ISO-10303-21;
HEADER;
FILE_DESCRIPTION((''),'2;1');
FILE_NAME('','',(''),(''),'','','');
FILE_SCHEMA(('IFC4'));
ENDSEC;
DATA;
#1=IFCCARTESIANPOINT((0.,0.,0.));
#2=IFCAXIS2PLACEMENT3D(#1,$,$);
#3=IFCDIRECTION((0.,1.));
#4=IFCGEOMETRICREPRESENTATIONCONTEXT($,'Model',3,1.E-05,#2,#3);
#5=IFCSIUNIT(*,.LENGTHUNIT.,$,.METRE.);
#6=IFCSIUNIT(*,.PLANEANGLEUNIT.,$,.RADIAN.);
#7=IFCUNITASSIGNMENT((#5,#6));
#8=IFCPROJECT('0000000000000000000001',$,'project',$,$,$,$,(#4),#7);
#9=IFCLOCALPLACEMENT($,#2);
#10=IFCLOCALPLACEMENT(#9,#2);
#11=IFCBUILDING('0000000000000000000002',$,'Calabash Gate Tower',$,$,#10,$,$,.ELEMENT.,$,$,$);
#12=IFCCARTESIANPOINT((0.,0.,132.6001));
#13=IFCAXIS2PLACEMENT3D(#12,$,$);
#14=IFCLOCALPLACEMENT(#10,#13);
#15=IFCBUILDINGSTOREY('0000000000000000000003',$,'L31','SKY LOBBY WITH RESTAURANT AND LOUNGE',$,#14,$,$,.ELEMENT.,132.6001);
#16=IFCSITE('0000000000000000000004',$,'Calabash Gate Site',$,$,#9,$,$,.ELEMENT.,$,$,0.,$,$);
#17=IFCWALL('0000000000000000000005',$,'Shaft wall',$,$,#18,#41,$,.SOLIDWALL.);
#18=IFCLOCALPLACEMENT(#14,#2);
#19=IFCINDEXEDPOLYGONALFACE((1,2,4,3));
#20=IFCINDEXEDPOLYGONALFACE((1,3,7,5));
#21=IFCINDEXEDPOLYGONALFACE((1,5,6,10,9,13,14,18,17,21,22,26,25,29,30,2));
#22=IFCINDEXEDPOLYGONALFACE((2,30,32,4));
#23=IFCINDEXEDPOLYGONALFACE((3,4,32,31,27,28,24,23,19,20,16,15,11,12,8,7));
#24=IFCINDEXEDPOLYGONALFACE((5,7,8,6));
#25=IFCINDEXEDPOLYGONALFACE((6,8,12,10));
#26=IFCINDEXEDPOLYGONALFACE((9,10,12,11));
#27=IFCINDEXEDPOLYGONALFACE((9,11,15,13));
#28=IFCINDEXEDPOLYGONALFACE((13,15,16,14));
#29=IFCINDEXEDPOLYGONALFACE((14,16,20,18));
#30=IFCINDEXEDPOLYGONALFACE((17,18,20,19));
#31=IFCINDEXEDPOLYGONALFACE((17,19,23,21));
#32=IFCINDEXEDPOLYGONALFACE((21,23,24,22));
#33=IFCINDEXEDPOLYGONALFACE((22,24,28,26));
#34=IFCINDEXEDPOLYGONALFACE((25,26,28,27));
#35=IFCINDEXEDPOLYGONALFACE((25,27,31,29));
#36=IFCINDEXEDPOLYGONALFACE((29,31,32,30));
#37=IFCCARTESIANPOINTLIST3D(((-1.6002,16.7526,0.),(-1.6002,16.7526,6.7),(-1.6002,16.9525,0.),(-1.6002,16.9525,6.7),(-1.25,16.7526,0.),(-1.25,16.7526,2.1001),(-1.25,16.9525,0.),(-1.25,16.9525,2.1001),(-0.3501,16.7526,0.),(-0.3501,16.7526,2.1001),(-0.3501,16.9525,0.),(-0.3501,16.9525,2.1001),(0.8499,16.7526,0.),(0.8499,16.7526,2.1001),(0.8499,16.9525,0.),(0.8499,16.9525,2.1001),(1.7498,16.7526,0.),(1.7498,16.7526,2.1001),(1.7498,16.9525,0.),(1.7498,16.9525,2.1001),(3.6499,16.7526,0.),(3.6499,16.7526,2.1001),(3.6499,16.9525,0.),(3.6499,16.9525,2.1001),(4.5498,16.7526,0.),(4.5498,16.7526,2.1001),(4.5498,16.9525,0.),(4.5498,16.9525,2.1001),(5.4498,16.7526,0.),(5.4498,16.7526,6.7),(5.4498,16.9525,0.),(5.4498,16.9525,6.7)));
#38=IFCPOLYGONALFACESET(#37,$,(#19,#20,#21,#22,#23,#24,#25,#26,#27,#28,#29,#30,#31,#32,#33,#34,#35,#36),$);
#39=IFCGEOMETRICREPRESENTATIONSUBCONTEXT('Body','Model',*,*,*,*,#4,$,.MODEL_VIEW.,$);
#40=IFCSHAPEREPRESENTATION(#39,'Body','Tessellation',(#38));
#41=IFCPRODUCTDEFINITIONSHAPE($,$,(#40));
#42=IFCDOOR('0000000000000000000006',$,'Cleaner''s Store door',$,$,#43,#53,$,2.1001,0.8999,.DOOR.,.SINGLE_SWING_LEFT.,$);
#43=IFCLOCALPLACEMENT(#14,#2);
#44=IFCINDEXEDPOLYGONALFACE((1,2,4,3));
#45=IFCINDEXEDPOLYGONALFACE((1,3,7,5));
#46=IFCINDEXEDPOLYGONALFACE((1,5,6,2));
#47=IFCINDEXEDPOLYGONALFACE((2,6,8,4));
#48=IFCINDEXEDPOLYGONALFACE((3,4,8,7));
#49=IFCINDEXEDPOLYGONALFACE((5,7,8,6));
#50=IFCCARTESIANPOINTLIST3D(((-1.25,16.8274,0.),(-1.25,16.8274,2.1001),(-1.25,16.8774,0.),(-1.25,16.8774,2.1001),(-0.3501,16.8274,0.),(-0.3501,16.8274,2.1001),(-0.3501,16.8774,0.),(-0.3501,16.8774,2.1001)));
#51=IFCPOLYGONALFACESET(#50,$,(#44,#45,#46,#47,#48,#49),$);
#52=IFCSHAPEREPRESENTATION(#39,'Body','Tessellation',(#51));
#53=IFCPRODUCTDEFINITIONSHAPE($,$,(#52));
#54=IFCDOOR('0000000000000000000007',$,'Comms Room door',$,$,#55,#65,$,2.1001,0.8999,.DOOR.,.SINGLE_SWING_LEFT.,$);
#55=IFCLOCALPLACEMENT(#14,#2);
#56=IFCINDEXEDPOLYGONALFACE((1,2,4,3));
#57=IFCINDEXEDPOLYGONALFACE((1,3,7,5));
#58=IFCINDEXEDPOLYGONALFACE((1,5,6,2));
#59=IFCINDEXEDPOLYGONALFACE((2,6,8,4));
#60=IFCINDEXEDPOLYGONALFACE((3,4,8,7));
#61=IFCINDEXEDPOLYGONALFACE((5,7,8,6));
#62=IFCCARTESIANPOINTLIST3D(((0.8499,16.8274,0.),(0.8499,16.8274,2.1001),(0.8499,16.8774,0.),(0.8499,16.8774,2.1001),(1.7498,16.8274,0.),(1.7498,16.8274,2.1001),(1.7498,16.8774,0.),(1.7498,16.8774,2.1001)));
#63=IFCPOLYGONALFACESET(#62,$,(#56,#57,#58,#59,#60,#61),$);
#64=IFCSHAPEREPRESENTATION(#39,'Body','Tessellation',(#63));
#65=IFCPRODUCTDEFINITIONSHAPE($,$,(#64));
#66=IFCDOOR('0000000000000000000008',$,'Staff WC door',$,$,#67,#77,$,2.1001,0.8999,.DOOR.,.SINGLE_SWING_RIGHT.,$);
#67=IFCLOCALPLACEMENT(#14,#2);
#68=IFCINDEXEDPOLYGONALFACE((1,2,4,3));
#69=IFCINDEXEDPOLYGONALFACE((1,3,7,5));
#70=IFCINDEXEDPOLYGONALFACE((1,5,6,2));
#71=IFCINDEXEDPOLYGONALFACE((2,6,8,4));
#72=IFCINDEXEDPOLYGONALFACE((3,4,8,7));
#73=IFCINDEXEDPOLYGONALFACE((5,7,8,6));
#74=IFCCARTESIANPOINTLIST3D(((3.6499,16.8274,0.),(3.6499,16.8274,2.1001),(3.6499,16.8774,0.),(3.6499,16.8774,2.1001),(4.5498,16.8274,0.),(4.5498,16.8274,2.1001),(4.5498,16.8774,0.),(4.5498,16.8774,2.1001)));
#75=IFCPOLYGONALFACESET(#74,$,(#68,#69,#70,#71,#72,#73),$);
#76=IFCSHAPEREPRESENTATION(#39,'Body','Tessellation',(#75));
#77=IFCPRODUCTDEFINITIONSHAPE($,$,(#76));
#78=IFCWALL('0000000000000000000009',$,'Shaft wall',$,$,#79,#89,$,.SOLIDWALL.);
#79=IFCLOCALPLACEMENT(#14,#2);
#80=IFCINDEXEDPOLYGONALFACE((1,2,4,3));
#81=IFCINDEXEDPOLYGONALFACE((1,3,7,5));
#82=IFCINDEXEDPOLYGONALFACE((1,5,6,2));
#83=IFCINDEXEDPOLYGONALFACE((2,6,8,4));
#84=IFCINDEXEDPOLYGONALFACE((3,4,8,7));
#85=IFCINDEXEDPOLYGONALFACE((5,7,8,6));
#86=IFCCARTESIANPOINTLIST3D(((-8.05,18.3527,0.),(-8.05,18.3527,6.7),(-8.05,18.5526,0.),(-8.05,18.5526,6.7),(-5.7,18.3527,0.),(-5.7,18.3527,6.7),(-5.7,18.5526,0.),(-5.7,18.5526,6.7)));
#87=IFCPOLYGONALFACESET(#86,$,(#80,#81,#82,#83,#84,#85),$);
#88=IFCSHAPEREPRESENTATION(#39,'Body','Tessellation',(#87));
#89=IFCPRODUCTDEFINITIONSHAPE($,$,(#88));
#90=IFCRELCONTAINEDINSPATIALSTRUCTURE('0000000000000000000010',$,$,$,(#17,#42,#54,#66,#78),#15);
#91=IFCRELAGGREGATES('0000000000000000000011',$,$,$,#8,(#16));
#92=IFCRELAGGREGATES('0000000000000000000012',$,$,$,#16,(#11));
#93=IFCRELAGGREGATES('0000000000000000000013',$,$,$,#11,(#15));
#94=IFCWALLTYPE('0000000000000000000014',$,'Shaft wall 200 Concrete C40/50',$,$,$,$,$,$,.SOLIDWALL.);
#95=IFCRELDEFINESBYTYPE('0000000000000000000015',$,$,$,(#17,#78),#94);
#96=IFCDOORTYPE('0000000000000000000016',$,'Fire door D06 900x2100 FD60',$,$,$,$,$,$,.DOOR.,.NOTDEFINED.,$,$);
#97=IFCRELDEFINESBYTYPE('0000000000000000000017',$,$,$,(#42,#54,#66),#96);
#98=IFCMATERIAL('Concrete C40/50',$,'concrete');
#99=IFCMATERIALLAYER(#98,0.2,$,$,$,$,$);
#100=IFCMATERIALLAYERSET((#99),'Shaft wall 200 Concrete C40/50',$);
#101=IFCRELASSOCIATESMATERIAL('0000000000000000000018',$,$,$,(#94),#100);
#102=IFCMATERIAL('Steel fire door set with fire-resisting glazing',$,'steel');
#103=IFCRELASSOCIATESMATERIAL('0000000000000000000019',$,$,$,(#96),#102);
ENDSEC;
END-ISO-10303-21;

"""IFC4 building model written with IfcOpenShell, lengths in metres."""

from ifc_helpers import new_model, si_unit, direction, frame, frame_2d, origin, place, context, subcontext, project, spatial, rectangle, extrude, material, layer, layer_set, type_object, element, fill, save


model = new_model("IFC4")

# Units and contexts
model_context = context("Model", 3, precision=1e-05, world=origin(), true_north=direction((0.0, 1.0)))
body_context = subcontext(model_context, "Body", "Model", "MODEL_VIEW")
ifc_project = project(units=[si_unit("LENGTHUNIT", "METRE"), si_unit("PLANEANGLEUNIT", "RADIAN")], contexts=[model_context])

# Site, building, storey
site_placement = place(None, origin())
site = spatial("IfcSite", under=ifc_project, at=site_placement, Name="Calabash Gate Site", CompositionType="ELEMENT", RefElevation=0.0)
building_placement = place(site_placement, origin())
building = spatial("IfcBuilding", under=site, at=building_placement, Name="Calabash Gate Tower", CompositionType="ELEMENT")
storey_placement = place(building_placement, frame((0.0, 0.0, 132.6001)))
storey = spatial("IfcBuildingStorey", under=building, at=storey_placement, Name="L31", Description="SKY LOBBY WITH RESTAURANT AND LOUNGE", CompositionType="ELEMENT", Elevation=132.6001)

# Shared definitions
ifc_material_1 = material(Name="Concrete C40/50", Category="concrete")
ifc_layer_1 = layer(ifc_material_1, 0.2)
ifc_layer_set_1 = layer_set([ifc_layer_1], Name="Shaft wall 200 Concrete C40/50")
wall_type_1 = type_object("IfcWallType", Name="Shaft wall 200 Concrete C40/50", PredefinedType="SOLIDWALL", material=ifc_layer_set_1)

# Shared definitions
ifc_material_2 = material(Name="Steel fire door set with fire-resisting glazing", Category="steel")
door_type_1 = type_object("IfcDoorType", Name="Fire door D06 900x2100 FD60", OperationType="NOTDEFINED", PredefinedType="DOOR", material=ifc_material_2)

# Wall, openings, doors
wall_1_placement = place(storey_placement, frame((-1.6001, 16.8525, 0.0), z_axis=(0.0, 0.0, 1.0), x_axis=(1.0, 0.0, 0.0)))
wall_1 = element("IfcWall", 1, at=wall_1_placement, inside=storey, type_object=wall_type_1, Name="Shaft wall", PredefinedType="SOLIDWALL", context=body_context, shape_type="SweptSolid", body=[
    extrude(rectangle(XDim=7.05, YDim=0.2, at=frame_2d((3.5249, 0.0))), origin(), (0.0, 0.0, 1.0), 6.7),
])
opening_1_placement = place(wall_1_placement, frame((0.3501, 0.0, 0.0)))
opening_1 = element("IfcOpeningElement", 2, at=opening_1_placement, cuts=wall_1, PredefinedType="OPENING", context=body_context, shape_type="SweptSolid", body=[
    extrude(rectangle(XDim=0.8999, YDim=2.1001, at=frame_2d((0.45, 1.05))), frame((0.0, 0.1099, 0.0), z_axis=(0.0, -1.0, 0.0), x_axis=(1.0, 0.0, 0.0)), (0.0, 0.0, 1.0), 0.22),
])
opening_2_placement = place(wall_1_placement, frame((2.45, 0.0, 0.0)))
opening_2 = element("IfcOpeningElement", 3, at=opening_2_placement, cuts=wall_1, PredefinedType="OPENING", context=body_context, shape_type="SweptSolid", body=[
    extrude(rectangle(XDim=0.8999, YDim=2.1001, at=frame_2d((0.45, 1.05))), frame((0.0, 0.1099, 0.0), z_axis=(0.0, -1.0, 0.0), x_axis=(1.0, 0.0, 0.0)), (0.0, 0.0, 1.0), 0.22),
])
opening_3_placement = place(wall_1_placement, frame((5.25, 0.0, 0.0)))
opening_3 = element("IfcOpeningElement", 4, at=opening_3_placement, cuts=wall_1, PredefinedType="OPENING", context=body_context, shape_type="SweptSolid", body=[
    extrude(rectangle(XDim=0.8999, YDim=2.1001, at=frame_2d((0.45, 1.05))), frame((0.0, 0.1099, 0.0), z_axis=(0.0, -1.0, 0.0), x_axis=(1.0, 0.0, 0.0)), (0.0, 0.0, 1.0), 0.22),
])
door_1_placement = place(opening_1_placement, origin())
door_1 = element("IfcDoor", 5, at=door_1_placement, inside=storey, type_object=door_type_1, Name="Cleaner's Store door", OperationType="SINGLE_SWING_LEFT", OverallHeight=2.1001, OverallWidth=0.8999, PredefinedType="DOOR", context=body_context, shape_type="SweptSolid", body=[
    extrude(rectangle(XDim=0.8999, YDim=2.1001, at=frame_2d((0.45, 1.05))), frame((0.0, 0.0249, 0.0), z_axis=(0.0, -1.0, 0.0), x_axis=(1.0, 0.0, 0.0)), (0.0, 0.0, 1.0), 0.05),
])
fill(opening_1, door_1)
door_2_placement = place(opening_2_placement, origin())
door_2 = element("IfcDoor", 6, at=door_2_placement, inside=storey, type_object=door_type_1, Name="Comms Room door", OperationType="SINGLE_SWING_LEFT", OverallHeight=2.1001, OverallWidth=0.8999, PredefinedType="DOOR", context=body_context, shape_type="SweptSolid", body=[
    extrude(rectangle(XDim=0.8999, YDim=2.1001, at=frame_2d((0.45, 1.05))), frame((0.0, 0.0249, 0.0), z_axis=(0.0, -1.0, 0.0), x_axis=(1.0, 0.0, 0.0)), (0.0, 0.0, 1.0), 0.05),
])
fill(opening_2, door_2)
door_3_placement = place(opening_3_placement, origin())
door_3 = element("IfcDoor", 7, at=door_3_placement, inside=storey, type_object=door_type_1, Name="Staff WC door", OperationType="SINGLE_SWING_RIGHT", OverallHeight=2.1001, OverallWidth=0.8999, PredefinedType="DOOR", context=body_context, shape_type="SweptSolid", body=[
    extrude(rectangle(XDim=0.8999, YDim=2.1001, at=frame_2d((0.45, 1.05))), frame((0.0, 0.0249, 0.0), z_axis=(0.0, -1.0, 0.0), x_axis=(1.0, 0.0, 0.0)), (0.0, 0.0, 1.0), 0.05),
])
fill(opening_3, door_3)

# Wall
wall_2_placement = place(storey_placement, frame((-8.05, 18.4526, 0.0), z_axis=(0.0, 0.0, 1.0), x_axis=(1.0, 0.0, 0.0)))
element("IfcWall", 8, at=wall_2_placement, inside=storey, type_object=wall_type_1, Name="Shaft wall", PredefinedType="SOLIDWALL", context=body_context, shape_type="SweptSolid", body=[
    extrude(rectangle(XDim=2.3501, YDim=0.2, at=frame_2d((1.175, 0.0))), origin(), (0.0, 0.0, 1.0), 6.7),
])

save(model, "model.ifc")
